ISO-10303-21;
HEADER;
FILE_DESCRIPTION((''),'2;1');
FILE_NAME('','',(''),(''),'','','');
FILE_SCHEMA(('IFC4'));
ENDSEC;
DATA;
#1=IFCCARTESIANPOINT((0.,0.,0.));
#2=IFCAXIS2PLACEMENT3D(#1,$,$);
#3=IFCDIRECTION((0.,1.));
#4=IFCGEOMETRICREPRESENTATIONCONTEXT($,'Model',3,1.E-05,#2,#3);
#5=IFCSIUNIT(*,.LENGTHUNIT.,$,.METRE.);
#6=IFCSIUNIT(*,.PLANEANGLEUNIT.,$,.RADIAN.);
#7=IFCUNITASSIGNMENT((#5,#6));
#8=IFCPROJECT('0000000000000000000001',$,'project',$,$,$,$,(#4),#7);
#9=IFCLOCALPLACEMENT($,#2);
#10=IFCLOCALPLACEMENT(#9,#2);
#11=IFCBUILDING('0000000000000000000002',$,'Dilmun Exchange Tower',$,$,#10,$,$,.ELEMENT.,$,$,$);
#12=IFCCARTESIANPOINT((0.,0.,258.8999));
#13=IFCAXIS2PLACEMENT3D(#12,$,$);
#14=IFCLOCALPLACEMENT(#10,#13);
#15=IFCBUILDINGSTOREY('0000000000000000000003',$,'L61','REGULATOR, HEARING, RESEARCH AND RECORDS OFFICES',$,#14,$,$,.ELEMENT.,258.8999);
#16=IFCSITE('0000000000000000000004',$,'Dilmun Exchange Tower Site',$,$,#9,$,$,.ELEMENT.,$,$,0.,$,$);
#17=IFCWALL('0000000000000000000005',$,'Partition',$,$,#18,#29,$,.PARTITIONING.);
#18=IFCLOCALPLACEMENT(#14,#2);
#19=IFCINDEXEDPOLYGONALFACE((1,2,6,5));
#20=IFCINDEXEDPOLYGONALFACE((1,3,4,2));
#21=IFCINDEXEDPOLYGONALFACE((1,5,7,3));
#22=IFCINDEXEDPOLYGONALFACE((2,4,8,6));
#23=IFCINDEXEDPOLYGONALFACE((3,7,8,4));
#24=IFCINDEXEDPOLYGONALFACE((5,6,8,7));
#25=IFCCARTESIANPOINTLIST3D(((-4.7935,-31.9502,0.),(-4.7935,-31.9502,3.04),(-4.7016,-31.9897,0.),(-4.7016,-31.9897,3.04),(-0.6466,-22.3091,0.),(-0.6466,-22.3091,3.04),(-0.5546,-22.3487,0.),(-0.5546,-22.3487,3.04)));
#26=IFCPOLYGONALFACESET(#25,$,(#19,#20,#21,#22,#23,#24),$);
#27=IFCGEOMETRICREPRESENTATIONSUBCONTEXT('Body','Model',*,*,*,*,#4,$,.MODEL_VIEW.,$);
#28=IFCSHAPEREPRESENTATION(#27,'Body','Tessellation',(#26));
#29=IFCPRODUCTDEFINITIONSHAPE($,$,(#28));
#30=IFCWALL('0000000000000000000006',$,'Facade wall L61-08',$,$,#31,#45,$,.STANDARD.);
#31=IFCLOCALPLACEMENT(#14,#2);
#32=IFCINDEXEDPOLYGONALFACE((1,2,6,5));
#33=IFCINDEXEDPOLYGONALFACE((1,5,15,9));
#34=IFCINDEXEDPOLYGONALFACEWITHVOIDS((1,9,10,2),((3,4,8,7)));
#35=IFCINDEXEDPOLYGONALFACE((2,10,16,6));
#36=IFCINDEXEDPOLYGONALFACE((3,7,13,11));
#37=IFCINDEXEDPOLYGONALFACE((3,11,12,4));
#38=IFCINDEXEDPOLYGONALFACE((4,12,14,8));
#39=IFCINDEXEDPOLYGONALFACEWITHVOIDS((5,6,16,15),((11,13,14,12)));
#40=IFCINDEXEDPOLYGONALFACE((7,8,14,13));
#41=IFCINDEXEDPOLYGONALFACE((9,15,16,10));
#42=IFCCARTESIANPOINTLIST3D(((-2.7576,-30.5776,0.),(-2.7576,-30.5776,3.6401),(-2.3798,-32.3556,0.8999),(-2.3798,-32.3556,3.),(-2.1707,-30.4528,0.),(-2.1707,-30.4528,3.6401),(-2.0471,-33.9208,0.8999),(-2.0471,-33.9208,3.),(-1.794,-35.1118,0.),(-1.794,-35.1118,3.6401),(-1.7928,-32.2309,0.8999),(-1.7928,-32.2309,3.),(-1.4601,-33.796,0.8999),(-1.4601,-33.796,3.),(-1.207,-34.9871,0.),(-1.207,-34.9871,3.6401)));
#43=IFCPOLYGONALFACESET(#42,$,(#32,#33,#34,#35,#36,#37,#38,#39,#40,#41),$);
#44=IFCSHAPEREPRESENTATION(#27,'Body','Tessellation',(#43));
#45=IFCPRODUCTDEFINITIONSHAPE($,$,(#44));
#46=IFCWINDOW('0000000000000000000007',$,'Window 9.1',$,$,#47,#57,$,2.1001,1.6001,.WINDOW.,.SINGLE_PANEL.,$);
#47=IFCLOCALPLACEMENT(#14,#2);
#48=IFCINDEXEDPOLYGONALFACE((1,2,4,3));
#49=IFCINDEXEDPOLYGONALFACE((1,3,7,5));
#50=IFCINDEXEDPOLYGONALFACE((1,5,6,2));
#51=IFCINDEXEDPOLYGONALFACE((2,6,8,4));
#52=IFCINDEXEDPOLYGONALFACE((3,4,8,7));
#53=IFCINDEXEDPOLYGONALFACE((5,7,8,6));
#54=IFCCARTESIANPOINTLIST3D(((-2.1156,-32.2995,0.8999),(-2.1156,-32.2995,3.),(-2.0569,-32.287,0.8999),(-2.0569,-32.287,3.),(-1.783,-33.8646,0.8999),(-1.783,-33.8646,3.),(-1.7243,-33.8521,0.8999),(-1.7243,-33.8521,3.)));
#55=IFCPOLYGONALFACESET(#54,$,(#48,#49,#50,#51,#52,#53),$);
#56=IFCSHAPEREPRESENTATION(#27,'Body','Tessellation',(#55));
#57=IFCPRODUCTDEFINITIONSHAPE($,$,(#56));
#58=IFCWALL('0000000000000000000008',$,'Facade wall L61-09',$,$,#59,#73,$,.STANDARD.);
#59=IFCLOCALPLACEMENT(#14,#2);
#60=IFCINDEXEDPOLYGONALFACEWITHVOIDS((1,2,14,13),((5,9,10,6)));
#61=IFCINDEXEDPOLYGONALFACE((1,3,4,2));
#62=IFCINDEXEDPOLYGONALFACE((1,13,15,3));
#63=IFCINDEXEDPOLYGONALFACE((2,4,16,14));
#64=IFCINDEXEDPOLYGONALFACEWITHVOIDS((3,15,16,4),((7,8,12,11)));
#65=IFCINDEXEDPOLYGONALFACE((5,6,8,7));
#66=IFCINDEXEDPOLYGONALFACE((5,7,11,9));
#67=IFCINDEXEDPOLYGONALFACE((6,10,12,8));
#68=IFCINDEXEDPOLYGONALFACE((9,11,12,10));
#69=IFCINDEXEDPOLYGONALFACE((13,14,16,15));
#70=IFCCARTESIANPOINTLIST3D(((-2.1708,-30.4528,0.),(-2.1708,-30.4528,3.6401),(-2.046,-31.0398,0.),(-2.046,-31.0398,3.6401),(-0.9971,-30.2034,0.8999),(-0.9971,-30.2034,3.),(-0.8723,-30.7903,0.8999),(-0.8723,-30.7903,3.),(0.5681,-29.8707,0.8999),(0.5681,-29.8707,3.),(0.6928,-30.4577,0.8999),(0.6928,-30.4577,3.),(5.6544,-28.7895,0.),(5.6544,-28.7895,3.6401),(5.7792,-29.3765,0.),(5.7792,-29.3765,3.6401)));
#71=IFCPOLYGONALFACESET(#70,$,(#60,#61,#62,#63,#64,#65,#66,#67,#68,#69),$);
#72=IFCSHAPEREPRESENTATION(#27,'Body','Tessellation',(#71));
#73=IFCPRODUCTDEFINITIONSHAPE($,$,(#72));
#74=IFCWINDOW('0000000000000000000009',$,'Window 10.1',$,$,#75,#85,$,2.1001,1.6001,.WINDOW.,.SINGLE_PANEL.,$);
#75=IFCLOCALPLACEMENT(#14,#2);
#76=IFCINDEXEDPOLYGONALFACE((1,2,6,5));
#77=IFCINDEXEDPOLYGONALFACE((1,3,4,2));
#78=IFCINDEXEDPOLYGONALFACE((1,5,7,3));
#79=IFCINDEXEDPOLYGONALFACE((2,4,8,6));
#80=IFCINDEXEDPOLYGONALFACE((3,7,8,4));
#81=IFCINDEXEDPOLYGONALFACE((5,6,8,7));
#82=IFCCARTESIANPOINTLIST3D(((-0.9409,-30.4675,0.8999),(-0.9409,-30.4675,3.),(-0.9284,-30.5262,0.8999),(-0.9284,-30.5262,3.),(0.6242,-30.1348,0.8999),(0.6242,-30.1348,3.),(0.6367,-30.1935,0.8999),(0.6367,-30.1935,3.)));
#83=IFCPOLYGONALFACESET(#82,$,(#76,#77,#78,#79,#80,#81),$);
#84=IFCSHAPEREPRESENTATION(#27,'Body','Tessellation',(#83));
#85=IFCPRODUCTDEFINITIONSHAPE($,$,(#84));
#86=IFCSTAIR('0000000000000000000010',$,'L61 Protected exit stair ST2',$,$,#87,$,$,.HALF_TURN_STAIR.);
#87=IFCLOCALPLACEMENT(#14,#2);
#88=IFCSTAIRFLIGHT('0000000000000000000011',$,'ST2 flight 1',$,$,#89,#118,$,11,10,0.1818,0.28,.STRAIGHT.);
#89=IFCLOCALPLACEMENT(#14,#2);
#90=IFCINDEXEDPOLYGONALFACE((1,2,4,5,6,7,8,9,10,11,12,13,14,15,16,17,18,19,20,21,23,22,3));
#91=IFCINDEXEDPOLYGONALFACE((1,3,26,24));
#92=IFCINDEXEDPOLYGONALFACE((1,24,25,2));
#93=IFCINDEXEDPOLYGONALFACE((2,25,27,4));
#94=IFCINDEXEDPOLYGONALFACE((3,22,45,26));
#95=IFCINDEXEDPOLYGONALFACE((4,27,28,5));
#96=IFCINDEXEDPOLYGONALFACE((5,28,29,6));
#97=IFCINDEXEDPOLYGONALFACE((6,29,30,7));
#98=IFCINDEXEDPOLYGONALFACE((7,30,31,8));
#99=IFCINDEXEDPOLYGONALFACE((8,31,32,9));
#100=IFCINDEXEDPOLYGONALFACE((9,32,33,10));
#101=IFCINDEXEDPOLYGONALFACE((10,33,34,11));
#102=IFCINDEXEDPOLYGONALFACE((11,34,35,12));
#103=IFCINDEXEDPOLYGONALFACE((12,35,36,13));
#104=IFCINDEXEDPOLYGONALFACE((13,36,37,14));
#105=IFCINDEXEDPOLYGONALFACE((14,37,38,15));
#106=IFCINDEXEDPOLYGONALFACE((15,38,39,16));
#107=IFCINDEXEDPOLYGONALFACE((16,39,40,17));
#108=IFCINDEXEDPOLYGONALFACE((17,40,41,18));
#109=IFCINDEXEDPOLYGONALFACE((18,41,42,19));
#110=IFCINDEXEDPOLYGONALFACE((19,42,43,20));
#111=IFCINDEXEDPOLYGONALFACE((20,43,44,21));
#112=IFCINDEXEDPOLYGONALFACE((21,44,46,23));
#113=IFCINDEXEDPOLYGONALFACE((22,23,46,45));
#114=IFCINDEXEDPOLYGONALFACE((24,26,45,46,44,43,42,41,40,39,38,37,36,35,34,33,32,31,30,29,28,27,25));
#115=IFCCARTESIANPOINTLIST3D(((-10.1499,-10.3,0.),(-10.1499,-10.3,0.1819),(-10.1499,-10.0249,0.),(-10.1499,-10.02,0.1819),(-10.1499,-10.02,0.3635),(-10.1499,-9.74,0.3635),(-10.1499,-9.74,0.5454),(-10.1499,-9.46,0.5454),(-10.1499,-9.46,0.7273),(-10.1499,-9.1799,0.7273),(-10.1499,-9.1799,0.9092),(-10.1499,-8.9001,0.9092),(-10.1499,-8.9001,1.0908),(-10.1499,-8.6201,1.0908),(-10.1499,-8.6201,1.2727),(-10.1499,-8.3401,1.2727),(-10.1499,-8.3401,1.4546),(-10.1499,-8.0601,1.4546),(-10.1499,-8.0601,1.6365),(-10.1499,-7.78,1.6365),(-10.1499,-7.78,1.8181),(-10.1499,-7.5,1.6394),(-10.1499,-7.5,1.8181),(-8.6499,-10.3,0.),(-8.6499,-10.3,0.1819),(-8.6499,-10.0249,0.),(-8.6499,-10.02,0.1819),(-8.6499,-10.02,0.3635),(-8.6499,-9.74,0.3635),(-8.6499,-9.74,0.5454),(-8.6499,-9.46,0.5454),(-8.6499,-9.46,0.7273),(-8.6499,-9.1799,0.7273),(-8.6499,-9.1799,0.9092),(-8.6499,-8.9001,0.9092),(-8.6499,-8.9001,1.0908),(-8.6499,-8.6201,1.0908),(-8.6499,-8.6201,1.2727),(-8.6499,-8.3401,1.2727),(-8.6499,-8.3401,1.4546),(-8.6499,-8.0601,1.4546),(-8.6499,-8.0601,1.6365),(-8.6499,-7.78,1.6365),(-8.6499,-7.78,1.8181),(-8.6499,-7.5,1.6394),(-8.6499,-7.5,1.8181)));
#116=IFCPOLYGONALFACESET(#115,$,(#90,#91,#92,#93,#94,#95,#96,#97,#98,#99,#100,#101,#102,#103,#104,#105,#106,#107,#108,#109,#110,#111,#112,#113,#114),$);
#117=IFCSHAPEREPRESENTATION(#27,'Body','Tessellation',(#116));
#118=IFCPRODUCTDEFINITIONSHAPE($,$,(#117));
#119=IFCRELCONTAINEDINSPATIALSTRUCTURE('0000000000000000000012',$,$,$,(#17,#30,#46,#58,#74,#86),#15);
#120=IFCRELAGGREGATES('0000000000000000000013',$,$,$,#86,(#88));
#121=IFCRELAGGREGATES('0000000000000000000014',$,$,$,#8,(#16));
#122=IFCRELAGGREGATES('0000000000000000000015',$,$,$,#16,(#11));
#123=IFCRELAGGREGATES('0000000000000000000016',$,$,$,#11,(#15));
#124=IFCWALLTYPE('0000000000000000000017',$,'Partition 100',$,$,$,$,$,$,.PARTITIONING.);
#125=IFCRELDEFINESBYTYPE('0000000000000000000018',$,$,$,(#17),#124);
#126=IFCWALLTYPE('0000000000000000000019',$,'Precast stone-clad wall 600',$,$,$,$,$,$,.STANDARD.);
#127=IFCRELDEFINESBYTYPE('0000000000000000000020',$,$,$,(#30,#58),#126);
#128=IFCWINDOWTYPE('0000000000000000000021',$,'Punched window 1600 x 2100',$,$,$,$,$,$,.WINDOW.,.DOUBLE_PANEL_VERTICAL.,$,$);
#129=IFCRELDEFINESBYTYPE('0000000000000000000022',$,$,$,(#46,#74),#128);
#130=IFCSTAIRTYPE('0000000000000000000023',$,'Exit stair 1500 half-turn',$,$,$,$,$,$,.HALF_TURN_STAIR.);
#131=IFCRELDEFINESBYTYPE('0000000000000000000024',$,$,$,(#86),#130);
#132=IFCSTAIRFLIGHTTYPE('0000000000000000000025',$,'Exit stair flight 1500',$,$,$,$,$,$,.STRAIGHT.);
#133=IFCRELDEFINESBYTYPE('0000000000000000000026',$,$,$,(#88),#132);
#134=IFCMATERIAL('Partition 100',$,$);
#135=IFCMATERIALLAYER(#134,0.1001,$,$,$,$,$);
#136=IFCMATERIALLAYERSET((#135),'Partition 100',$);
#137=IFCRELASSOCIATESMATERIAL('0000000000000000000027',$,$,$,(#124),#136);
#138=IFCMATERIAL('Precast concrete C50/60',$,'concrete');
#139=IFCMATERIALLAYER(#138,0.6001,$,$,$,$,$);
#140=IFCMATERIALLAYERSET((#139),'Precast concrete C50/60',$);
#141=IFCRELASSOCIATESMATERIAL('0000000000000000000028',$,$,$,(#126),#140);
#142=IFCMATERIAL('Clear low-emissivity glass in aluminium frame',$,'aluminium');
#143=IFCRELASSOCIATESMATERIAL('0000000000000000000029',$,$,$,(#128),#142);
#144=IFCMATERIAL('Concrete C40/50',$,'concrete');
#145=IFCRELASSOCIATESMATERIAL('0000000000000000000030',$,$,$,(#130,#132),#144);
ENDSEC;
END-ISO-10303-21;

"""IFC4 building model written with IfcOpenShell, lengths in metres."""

from ifc_helpers import new_model, si_unit, direction, frame, frame_2d, origin, place, context, subcontext, project, spatial, polyline, rectangle, outline, extrude, material, layer, layer_set, type_object, element, fill, aggregate, save


model = new_model("IFC4")

# Units and contexts
model_context = context("Model", 3, precision=1e-05, world=origin(), true_north=direction((0.0, 1.0)))
body_context = subcontext(model_context, "Body", "Model", "MODEL_VIEW")
ifc_project = project(units=[si_unit("LENGTHUNIT", "METRE"), si_unit("PLANEANGLEUNIT", "RADIAN")], contexts=[model_context])

# Site, building, storey
site_placement = place(None, origin())
site = spatial("IfcSite", under=ifc_project, at=site_placement, Name="Dilmun Exchange Tower Site", CompositionType="ELEMENT", RefElevation=0.0)
building_placement = place(site_placement, origin())
building = spatial("IfcBuilding", under=site, at=building_placement, Name="Dilmun Exchange Tower", CompositionType="ELEMENT")
storey_placement = place(building_placement, frame((0.0, 0.0, 258.8999)))
storey = spatial("IfcBuildingStorey", under=building, at=storey_placement, Name="L61", Description="REGULATOR, HEARING, RESEARCH AND RECORDS OFFICES", CompositionType="ELEMENT", Elevation=258.8999)

# Shared definitions
ifc_material_1 = material(Name="Concrete C40/50", Category="concrete")

# Wall
ifc_material_2 = material(Name="Partition 100")
ifc_layer_1 = layer(ifc_material_2, 0.1001)
ifc_layer_set_1 = layer_set([ifc_layer_1], Name="Partition 100")
wall_type_1 = type_object("IfcWallType", Name="Partition 100", PredefinedType="PARTITIONING", material=ifc_layer_set_1)
wall_1_placement = place(storey_placement, frame((-4.7476, -31.97, 0.0), z_axis=(0.0, 0.0, 1.0), x_axis=(0.395132, 0.918624, 0.0)))
element("IfcWall", 1, at=wall_1_placement, inside=storey, type_object=wall_type_1, Name="Partition", PredefinedType="PARTITIONING", context=body_context, shape_type="SweptSolid", body=[
    extrude(rectangle(XDim=10.4951, YDim=0.1001, at=frame_2d((5.2476, 0.0))), origin(), (0.0, 0.0, 1.0), 3.04),
])

# Walls, openings, windows
ifc_material_3 = material(Name="Precast concrete C50/60", Category="concrete")
ifc_layer_2 = layer(ifc_material_3, 0.6001)
ifc_layer_set_2 = layer_set([ifc_layer_2], Name="Precast concrete C50/60")
wall_type_2 = type_object("IfcWallType", Name="Precast stone-clad wall 600", PredefinedType="STANDARD", material=ifc_layer_set_2)
wall_2_placement = place(storey_placement, frame((-1.5005, -35.0496, 0.0), z_axis=(0.0, 0.0, 1.0), x_axis=(-0.207881, 0.978154, 0.0)))
wall_2 = element("IfcWall", 2, at=wall_2_placement, inside=storey, type_object=wall_type_2, Name="Facade wall L61-08", PredefinedType="STANDARD", context=body_context, shape_type="SweptSolid", body=[
    extrude(rectangle(XDim=4.6355, YDim=0.6001, at=frame_2d((2.3179, 0.0))), origin(), (0.0, 0.0, 1.0), 3.6401),
])
opening_1_placement = place(wall_2_placement, frame((1.2178, 0.0, 0.8999)))
opening_1 = element("IfcOpeningElement", 3, at=opening_1_placement, cuts=wall_2, PredefinedType="OPENING", context=body_context, shape_type="SweptSolid", body=[
    extrude(rectangle(XDim=1.6001, YDim=2.1001, at=frame_2d((0.8, 1.05))), frame((0.0, 0.3101, 0.0), z_axis=(0.0, -1.0, 0.0), x_axis=(1.0, 0.0, 0.0)), (0.0, 0.0, 1.0), 0.6201),
])
ifc_material_4 = material(Name="Clear low-emissivity glass in aluminium frame", Category="aluminium")
window_type = type_object("IfcWindowType", Name="Punched window 1600 x 2100", PartitioningType="DOUBLE_PANEL_VERTICAL", PredefinedType="WINDOW", material=ifc_material_4)
window_1_placement = place(opening_1_placement, origin())
window_1 = element("IfcWindow", 4, at=window_1_placement, inside=storey, type_object=window_type, Name="Window 9.1", OverallHeight=2.1001, OverallWidth=1.6001, PartitioningType="SINGLE_PANEL", PredefinedType="WINDOW", context=body_context, shape_type="SweptSolid", body=[
    extrude(rectangle(XDim=1.6001, YDim=2.1001, at=frame_2d((0.8, 1.05))), frame((0.0, 0.03, 0.0), z_axis=(0.0, -1.0, 0.0), x_axis=(1.0, 0.0, 0.0)), (0.0, 0.0, 1.0), 0.0601),
])
fill(opening_1, window_1)
wall_3_placement = place(storey_placement, frame((-2.1084, -30.7463, 0.0), z_axis=(0.0, 0.0, 1.0), x_axis=(0.978147, 0.207916, 0.0)))
wall_3 = element("IfcWall", 5, at=wall_3_placement, inside=storey, type_object=wall_type_2, Name="Facade wall L61-09", PredefinedType="STANDARD", context=body_context, shape_type="SweptSolid", body=[
    extrude(rectangle(XDim=8.0, YDim=0.6001, at=frame_2d((4.0, 0.0))), origin(), (0.0, 0.0, 1.0), 3.6401),
])
opening_2_placement = place(wall_3_placement, frame((1.2, 0.0, 0.8999)))
opening_2 = element("IfcOpeningElement", 6, at=opening_2_placement, cuts=wall_3, PredefinedType="OPENING", context=body_context, shape_type="SweptSolid", body=[
    extrude(rectangle(XDim=1.6001, YDim=2.1001, at=frame_2d((0.8, 1.05))), frame((0.0, 0.3101, 0.0), z_axis=(0.0, -1.0, 0.0), x_axis=(1.0, 0.0, 0.0)), (0.0, 0.0, 1.0), 0.6201),
])
window_2_placement = place(opening_2_placement, origin())
window_2 = element("IfcWindow", 7, at=window_2_placement, inside=storey, type_object=window_type, Name="Window 10.1", OverallHeight=2.1001, OverallWidth=1.6001, PartitioningType="SINGLE_PANEL", PredefinedType="WINDOW", context=body_context, shape_type="SweptSolid", body=[
    extrude(rectangle(XDim=1.6001, YDim=2.1001, at=frame_2d((0.8, 1.05))), frame((0.0, 0.03, 0.0), z_axis=(0.0, -1.0, 0.0), x_axis=(1.0, 0.0, 0.0)), (0.0, 0.0, 1.0), 0.0601),
])
fill(opening_2, window_2)

# Stair, stair flight
stair_type = type_object("IfcStairType", Name="Exit stair 1500 half-turn", PredefinedType="HALF_TURN_STAIR", material=ifc_material_1)
stair_placement = place(storey_placement, origin())
stair = element("IfcStair", 8, at=stair_placement, inside=storey, type_object=stair_type, Name="L61 Protected exit stair ST2", PredefinedType="HALF_TURN_STAIR")
stair_flight_type = type_object("IfcStairFlightType", Name="Exit stair flight 1500", PredefinedType="STRAIGHT", material=ifc_material_1)
stair_flight_placement = place(storey_placement, frame((-9.3999, -10.3, 0.0), z_axis=(0.0, 0.0, 1.0), x_axis=(0.0, 1.0, 0.0)))
stair_flight = element("IfcStairFlight", 9, at=stair_flight_placement, type_object=stair_flight_type, Name="ST2 flight 1", NumberOfRisers=11, NumberOfTreads=10, PredefinedType="STRAIGHT", RiserHeight=0.1818, TreadLength=0.28, context=body_context, shape_type="SweptSolid", body=[
    extrude(outline(polyline([(0.0, 0.0), (0.0, 0.1819), (0.28, 0.1819), (0.28, 0.3635), (0.5601, 0.3635), (0.5601, 0.5454), (0.8401, 0.5454), (0.8401, 0.7273), (1.1201, 0.7273), (1.1201, 0.9092), (1.3999, 0.9092), (1.3999, 1.0908), (1.6799, 1.0908), (1.6799, 1.2727), (1.96, 1.2727), (1.96, 1.4546), (2.24, 1.4546), (2.24, 1.6365), (2.52, 1.6365), (2.52, 1.8181), (2.8, 1.8181), (2.8, 2.0), (2.8, 1.6394), (0.2751, 0.0), (0.0, 0.0)])), frame((0.0, 0.75, 0.0), z_axis=(0.0, -1.0, 0.0), x_axis=(1.0, 0.0, 0.0)), (0.0, 0.0, 1.0), 1.5),
])
aggregate(stair, [stair_flight])

save(model, "model.ifc")
